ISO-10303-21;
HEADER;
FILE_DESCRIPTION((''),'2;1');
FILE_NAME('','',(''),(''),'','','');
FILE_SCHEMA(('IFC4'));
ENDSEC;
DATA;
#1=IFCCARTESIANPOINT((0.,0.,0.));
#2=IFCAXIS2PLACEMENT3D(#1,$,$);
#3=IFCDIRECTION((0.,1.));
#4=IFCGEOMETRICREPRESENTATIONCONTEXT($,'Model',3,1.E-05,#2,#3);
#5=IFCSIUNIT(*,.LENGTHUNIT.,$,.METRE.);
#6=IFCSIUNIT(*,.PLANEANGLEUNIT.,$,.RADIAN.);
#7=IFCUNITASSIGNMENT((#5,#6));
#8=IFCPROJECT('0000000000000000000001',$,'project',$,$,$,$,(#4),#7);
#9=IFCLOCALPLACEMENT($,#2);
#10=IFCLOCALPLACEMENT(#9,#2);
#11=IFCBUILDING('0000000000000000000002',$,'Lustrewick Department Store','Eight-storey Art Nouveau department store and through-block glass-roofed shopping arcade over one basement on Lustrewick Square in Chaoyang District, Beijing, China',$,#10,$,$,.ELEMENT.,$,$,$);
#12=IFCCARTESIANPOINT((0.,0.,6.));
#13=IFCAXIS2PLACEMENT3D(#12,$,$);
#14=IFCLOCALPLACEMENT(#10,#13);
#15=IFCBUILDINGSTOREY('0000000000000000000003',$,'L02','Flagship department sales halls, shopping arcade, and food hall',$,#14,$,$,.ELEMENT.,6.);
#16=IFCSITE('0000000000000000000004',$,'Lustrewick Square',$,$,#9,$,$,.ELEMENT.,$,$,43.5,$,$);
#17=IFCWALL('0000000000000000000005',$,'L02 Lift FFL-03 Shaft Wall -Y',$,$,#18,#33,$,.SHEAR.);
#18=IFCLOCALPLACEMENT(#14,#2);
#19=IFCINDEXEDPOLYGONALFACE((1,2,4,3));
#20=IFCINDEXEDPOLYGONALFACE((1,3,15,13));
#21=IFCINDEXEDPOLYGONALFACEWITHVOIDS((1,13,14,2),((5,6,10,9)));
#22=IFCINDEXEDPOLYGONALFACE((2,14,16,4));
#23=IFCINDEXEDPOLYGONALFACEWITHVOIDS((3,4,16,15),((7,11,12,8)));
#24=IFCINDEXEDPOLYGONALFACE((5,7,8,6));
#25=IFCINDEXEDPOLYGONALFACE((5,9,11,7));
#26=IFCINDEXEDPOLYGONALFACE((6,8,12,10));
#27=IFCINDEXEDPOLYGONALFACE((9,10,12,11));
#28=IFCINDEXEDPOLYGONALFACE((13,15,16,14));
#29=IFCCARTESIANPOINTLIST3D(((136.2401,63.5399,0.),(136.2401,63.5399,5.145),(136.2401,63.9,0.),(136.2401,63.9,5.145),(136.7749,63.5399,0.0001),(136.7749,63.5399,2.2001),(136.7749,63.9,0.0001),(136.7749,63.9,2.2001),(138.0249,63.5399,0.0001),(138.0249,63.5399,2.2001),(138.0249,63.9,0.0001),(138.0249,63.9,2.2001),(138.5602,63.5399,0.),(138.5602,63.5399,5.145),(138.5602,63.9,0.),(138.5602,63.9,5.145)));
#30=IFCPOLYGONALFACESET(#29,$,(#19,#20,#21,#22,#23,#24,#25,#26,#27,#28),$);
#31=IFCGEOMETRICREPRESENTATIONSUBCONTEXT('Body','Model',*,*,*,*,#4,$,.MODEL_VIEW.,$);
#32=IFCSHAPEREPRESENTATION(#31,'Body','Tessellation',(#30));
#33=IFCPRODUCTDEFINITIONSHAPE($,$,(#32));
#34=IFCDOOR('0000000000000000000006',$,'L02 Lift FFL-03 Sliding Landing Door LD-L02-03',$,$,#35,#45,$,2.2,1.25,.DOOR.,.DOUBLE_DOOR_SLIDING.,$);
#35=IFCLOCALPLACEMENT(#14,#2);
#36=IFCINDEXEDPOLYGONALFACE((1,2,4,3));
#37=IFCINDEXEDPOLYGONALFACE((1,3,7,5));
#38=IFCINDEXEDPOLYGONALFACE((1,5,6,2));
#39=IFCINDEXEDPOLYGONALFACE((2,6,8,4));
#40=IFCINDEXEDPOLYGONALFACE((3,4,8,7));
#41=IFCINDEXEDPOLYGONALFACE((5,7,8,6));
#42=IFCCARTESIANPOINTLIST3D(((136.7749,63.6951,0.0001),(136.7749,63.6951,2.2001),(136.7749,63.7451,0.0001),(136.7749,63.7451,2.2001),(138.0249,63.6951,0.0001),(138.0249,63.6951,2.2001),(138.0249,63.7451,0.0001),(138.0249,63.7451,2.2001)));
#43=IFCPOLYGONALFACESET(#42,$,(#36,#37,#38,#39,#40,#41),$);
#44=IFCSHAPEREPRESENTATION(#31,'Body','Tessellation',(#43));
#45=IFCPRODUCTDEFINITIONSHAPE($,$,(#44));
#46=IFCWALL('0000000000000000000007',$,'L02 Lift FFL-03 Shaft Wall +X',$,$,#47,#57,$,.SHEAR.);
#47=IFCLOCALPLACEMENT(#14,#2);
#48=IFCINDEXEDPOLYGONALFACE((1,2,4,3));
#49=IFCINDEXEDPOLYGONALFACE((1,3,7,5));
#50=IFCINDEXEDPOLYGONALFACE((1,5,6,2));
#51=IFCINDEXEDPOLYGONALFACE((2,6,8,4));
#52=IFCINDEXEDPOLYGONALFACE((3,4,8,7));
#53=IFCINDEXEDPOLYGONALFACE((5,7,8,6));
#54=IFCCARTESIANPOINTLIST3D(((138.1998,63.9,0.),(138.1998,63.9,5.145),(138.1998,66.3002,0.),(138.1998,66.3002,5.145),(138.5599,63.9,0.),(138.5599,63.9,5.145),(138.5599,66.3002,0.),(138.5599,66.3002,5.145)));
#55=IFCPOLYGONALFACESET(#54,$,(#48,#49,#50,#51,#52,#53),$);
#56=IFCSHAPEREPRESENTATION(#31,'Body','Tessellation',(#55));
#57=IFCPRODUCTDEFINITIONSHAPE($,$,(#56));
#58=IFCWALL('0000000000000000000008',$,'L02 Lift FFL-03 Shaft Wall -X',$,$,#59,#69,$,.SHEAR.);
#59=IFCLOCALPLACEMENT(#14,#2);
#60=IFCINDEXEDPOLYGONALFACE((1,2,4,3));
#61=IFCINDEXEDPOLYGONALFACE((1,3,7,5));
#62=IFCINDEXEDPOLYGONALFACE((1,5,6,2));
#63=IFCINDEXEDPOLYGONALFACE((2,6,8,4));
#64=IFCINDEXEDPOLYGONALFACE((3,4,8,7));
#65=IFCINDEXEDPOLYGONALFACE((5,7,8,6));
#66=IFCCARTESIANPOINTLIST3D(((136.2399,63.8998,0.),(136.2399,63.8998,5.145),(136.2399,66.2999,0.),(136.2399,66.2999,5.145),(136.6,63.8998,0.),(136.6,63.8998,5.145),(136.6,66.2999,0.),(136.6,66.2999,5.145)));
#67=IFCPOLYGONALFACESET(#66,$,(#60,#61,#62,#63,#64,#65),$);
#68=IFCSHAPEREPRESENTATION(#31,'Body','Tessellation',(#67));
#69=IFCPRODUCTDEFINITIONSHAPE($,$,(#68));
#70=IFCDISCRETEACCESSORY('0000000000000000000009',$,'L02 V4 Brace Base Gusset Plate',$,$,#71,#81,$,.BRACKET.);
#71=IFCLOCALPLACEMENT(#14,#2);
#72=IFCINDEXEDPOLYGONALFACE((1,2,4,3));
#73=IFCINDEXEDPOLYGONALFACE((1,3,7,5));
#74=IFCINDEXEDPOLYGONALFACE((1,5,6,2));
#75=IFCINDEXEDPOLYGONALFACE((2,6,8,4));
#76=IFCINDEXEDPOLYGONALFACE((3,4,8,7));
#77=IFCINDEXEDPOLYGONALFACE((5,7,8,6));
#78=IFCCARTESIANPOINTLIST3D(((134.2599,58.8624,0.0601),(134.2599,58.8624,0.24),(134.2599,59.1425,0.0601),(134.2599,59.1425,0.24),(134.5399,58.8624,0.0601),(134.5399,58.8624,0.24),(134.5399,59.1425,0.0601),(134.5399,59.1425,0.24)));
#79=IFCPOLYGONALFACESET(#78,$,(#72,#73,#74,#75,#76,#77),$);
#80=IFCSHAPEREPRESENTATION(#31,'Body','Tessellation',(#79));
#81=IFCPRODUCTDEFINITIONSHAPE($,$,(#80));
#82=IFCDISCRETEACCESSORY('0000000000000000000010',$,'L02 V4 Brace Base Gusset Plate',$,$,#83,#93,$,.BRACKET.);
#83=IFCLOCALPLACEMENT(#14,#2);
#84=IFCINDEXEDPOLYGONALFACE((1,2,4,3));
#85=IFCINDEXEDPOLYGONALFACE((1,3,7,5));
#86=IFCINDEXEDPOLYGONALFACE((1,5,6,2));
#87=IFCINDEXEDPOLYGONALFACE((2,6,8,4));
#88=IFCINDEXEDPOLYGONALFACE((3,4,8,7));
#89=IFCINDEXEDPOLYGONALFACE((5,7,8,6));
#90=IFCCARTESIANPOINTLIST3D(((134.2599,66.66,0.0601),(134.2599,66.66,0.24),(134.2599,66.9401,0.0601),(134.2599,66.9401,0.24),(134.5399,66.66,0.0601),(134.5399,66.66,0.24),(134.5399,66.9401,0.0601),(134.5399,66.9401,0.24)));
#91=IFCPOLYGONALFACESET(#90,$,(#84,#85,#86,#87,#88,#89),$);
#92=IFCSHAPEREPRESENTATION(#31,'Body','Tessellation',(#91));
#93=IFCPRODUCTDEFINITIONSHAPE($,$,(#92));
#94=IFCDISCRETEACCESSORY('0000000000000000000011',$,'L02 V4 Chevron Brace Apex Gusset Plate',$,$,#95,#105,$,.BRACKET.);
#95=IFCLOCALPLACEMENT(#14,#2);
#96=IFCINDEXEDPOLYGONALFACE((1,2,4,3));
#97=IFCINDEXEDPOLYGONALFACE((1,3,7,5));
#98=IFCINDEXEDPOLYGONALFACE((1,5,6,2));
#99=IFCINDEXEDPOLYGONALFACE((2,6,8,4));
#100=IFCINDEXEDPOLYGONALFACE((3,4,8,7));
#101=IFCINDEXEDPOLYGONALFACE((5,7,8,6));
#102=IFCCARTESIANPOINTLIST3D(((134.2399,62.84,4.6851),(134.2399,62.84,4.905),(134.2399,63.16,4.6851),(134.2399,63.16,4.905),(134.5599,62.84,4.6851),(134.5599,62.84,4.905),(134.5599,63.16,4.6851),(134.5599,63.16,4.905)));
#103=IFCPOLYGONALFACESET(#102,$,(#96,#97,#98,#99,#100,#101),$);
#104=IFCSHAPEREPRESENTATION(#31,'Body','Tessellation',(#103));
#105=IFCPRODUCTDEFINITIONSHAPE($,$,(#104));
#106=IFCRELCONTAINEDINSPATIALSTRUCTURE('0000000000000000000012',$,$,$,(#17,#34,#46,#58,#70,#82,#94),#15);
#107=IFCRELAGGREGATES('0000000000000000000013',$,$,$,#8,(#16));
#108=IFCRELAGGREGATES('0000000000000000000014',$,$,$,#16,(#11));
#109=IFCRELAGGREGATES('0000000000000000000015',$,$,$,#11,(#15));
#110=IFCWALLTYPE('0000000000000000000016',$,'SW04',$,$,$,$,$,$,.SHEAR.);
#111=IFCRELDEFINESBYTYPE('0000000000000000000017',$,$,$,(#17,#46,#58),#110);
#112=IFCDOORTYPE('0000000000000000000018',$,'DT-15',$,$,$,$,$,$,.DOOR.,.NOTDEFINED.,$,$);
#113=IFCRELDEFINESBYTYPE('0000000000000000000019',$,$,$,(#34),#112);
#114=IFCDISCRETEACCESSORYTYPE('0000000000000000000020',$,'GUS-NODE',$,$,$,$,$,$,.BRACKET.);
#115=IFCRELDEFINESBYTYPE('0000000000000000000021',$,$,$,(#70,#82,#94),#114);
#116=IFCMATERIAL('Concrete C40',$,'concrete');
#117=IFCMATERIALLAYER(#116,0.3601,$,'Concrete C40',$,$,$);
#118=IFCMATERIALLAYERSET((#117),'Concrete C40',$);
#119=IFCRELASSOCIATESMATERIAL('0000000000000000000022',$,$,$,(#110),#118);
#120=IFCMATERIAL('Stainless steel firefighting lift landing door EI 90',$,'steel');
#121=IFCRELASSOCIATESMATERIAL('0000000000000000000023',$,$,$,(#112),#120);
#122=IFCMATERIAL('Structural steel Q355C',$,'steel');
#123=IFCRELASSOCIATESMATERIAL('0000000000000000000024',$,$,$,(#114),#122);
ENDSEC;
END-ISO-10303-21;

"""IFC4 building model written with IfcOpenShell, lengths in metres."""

from ifc_helpers import new_model, si_unit, direction, frame, frame_2d, origin, origin_2d, place, context, subcontext, project, spatial, rectangle, extrude, material, layer, layer_set, type_object, element, fill, save


model = new_model("IFC4")

# Units and contexts
model_context = context("Model", 3, precision=1e-05, world=origin(), true_north=direction((0.0, 1.0)))
body_context = subcontext(model_context, "Body", "Model", "MODEL_VIEW")
ifc_project = project(units=[si_unit("LENGTHUNIT", "METRE"), si_unit("PLANEANGLEUNIT", "RADIAN")], contexts=[model_context])

# Site, building, storey
site_placement = place(None, origin())
site = spatial("IfcSite", under=ifc_project, at=site_placement, Name="Lustrewick Square", CompositionType="ELEMENT", RefElevation=43.5)
building_placement = place(site_placement, origin())
building = spatial("IfcBuilding", under=site, at=building_placement, Name="Lustrewick Department Store", Description="Eight-storey Art Nouveau department store and through-block glass-roofed shopping arcade over one basement on Lustrewick Square in Chaoyang District, Beijing, China", CompositionType="ELEMENT")
storey_placement = place(building_placement, frame((0.0, 0.0, 6.0)))
storey = spatial("IfcBuildingStorey", under=building, at=storey_placement, Name="L02", Description="Flagship department sales halls, shopping arcade, and food hall", CompositionType="ELEMENT", Elevation=6.0)

# Shared definitions
ifc_material_1 = material(Name="Structural steel Q355C", Category="steel")
ifc_material_2 = material(Name="Concrete C40", Category="concrete")

# Wall, opening, door
ifc_layer_1 = layer(ifc_material_2, 0.3601, Name="Concrete C40")
ifc_layer_set_1 = layer_set([ifc_layer_1], Name="Concrete C40")
wall_type_1 = type_object("IfcWallType", Name="SW04", PredefinedType="SHEAR", material=ifc_layer_set_1)
wall_1_placement = place(storey_placement, frame((136.24, 63.72, 0.0), z_axis=(0.0, 0.0, 1.0), x_axis=(1.0, 0.0, 0.0)))
wall_1 = element("IfcWall", 1, at=wall_1_placement, inside=storey, type_object=wall_type_1, Name="L02 Lift FFL-03 Shaft Wall -Y", PredefinedType="SHEAR", context=body_context, shape_type="SweptSolid", body=[
    extrude(rectangle(XDim=2.3201, YDim=0.3601, at=frame_2d((1.1602, 0.0))), origin(), (0.0, 0.0, 1.0), 5.145),
])
opening_1_placement = place(wall_1_placement, frame((0.5349, 0.0, 0.0)))
opening_1 = element("IfcOpeningElement", 2, at=opening_1_placement, cuts=wall_1, PredefinedType="OPENING", context=body_context, shape_type="SweptSolid", body=[
    extrude(rectangle(XDim=1.25, YDim=2.2, at=frame_2d((0.625, 1.1001))), frame((0.0, 0.1899, 0.0), z_axis=(0.0, -1.0, 0.0), x_axis=(1.0, 0.0, 0.0)), (0.0, 0.0, 1.0), 0.3801),
])
ifc_material_3 = material(Name="Stainless steel firefighting lift landing door EI 90", Category="steel")
door_type_1 = type_object("IfcDoorType", Name="DT-15", OperationType="NOTDEFINED", PredefinedType="DOOR", material=ifc_material_3)
door_1_placement = place(opening_1_placement, frame((1.25, 0.0, 0.0), z_axis=(0.0, 0.0, 1.0), x_axis=(-1.0, 0.0, 0.0)))
door_1 = element("IfcDoor", 3, at=door_1_placement, inside=storey, type_object=door_type_1, Name="L02 Lift FFL-03 Sliding Landing Door LD-L02-03", OperationType="DOUBLE_DOOR_SLIDING", OverallHeight=2.2, OverallWidth=1.25, PredefinedType="DOOR", context=body_context, shape_type="SweptSolid", body=[
    extrude(rectangle(XDim=1.25, YDim=2.2, at=frame_2d((0.625, 1.1001))), frame((0.0, 0.0249, 0.0), z_axis=(0.0, -1.0, 0.0), x_axis=(1.0, 0.0, 0.0)), (0.0, 0.0, 1.0), 0.05),
])
fill(opening_1, door_1)

# Walls
wall_2_placement = place(storey_placement, frame((138.3799, 63.8999, 0.0), z_axis=(0.0, 0.0, 1.0), x_axis=(0.0, 1.0, 0.0)))
element("IfcWall", 4, at=wall_2_placement, inside=storey, type_object=wall_type_1, Name="L02 Lift FFL-03 Shaft Wall +X", PredefinedType="SHEAR", context=body_context, shape_type="SweptSolid", body=[
    extrude(rectangle(XDim=2.4001, YDim=0.3601, at=frame_2d((1.2002, 0.0))), origin(), (0.0, 0.0, 1.0), 5.145),
])
wall_3_placement = place(storey_placement, frame((136.4199, 66.3, 0.0), z_axis=(0.0, 0.0, 1.0), x_axis=(0.0, -1.0, 0.0)))
element("IfcWall", 5, at=wall_3_placement, inside=storey, type_object=wall_type_1, Name="L02 Lift FFL-03 Shaft Wall -X", PredefinedType="SHEAR", context=body_context, shape_type="SweptSolid", body=[
    extrude(rectangle(XDim=2.4001, YDim=0.3601, at=frame_2d((1.2002, 0.0))), origin(), (0.0, 0.0, 1.0), 5.145),
])

# Discrete accessories
discrete_accessory_type = type_object("IfcDiscreteAccessoryType", Name="GUS-NODE", PredefinedType="BRACKET", material=ifc_material_1)
for number, where, z_axis, x_axis, name in (
    (6, (134.3999, 59.0024, 0.0601), (0.0, 0.0, 1.0), (1.0, 0.0, 0.0), "L02 V4 Brace Base Gusset Plate"),
    (7, (134.3999, 66.8, 0.0601), (0.0, 0.0, 1.0), (1.0, 0.0, 0.0), "L02 V4 Brace Base Gusset Plate"),
):
    element("IfcDiscreteAccessory", number, at=place(storey_placement, frame(where, z_axis=z_axis, x_axis=x_axis)), inside=storey, type_object=discrete_accessory_type, Name=name, PredefinedType="BRACKET", context=body_context, shape_type="SweptSolid", body=[
        extrude(rectangle(XDim=0.28, YDim=0.28, at=origin_2d()), origin(), (0.0, 0.0, 1.0), 0.1799),
    ])
discrete_accessory_placement = place(storey_placement, frame((134.3999, 63.0, 4.6851), z_axis=(0.0, 0.0, 1.0), x_axis=(1.0, 0.0, 0.0)))
element("IfcDiscreteAccessory", 8, at=discrete_accessory_placement, inside=storey, type_object=discrete_accessory_type, Name="L02 V4 Chevron Brace Apex Gusset Plate", PredefinedType="BRACKET", context=body_context, shape_type="SweptSolid", body=[
    extrude(rectangle(XDim=0.3201, YDim=0.3201, at=origin_2d()), origin(), (0.0, 0.0, 1.0), 0.22),
])

save(model, "model.ifc")
